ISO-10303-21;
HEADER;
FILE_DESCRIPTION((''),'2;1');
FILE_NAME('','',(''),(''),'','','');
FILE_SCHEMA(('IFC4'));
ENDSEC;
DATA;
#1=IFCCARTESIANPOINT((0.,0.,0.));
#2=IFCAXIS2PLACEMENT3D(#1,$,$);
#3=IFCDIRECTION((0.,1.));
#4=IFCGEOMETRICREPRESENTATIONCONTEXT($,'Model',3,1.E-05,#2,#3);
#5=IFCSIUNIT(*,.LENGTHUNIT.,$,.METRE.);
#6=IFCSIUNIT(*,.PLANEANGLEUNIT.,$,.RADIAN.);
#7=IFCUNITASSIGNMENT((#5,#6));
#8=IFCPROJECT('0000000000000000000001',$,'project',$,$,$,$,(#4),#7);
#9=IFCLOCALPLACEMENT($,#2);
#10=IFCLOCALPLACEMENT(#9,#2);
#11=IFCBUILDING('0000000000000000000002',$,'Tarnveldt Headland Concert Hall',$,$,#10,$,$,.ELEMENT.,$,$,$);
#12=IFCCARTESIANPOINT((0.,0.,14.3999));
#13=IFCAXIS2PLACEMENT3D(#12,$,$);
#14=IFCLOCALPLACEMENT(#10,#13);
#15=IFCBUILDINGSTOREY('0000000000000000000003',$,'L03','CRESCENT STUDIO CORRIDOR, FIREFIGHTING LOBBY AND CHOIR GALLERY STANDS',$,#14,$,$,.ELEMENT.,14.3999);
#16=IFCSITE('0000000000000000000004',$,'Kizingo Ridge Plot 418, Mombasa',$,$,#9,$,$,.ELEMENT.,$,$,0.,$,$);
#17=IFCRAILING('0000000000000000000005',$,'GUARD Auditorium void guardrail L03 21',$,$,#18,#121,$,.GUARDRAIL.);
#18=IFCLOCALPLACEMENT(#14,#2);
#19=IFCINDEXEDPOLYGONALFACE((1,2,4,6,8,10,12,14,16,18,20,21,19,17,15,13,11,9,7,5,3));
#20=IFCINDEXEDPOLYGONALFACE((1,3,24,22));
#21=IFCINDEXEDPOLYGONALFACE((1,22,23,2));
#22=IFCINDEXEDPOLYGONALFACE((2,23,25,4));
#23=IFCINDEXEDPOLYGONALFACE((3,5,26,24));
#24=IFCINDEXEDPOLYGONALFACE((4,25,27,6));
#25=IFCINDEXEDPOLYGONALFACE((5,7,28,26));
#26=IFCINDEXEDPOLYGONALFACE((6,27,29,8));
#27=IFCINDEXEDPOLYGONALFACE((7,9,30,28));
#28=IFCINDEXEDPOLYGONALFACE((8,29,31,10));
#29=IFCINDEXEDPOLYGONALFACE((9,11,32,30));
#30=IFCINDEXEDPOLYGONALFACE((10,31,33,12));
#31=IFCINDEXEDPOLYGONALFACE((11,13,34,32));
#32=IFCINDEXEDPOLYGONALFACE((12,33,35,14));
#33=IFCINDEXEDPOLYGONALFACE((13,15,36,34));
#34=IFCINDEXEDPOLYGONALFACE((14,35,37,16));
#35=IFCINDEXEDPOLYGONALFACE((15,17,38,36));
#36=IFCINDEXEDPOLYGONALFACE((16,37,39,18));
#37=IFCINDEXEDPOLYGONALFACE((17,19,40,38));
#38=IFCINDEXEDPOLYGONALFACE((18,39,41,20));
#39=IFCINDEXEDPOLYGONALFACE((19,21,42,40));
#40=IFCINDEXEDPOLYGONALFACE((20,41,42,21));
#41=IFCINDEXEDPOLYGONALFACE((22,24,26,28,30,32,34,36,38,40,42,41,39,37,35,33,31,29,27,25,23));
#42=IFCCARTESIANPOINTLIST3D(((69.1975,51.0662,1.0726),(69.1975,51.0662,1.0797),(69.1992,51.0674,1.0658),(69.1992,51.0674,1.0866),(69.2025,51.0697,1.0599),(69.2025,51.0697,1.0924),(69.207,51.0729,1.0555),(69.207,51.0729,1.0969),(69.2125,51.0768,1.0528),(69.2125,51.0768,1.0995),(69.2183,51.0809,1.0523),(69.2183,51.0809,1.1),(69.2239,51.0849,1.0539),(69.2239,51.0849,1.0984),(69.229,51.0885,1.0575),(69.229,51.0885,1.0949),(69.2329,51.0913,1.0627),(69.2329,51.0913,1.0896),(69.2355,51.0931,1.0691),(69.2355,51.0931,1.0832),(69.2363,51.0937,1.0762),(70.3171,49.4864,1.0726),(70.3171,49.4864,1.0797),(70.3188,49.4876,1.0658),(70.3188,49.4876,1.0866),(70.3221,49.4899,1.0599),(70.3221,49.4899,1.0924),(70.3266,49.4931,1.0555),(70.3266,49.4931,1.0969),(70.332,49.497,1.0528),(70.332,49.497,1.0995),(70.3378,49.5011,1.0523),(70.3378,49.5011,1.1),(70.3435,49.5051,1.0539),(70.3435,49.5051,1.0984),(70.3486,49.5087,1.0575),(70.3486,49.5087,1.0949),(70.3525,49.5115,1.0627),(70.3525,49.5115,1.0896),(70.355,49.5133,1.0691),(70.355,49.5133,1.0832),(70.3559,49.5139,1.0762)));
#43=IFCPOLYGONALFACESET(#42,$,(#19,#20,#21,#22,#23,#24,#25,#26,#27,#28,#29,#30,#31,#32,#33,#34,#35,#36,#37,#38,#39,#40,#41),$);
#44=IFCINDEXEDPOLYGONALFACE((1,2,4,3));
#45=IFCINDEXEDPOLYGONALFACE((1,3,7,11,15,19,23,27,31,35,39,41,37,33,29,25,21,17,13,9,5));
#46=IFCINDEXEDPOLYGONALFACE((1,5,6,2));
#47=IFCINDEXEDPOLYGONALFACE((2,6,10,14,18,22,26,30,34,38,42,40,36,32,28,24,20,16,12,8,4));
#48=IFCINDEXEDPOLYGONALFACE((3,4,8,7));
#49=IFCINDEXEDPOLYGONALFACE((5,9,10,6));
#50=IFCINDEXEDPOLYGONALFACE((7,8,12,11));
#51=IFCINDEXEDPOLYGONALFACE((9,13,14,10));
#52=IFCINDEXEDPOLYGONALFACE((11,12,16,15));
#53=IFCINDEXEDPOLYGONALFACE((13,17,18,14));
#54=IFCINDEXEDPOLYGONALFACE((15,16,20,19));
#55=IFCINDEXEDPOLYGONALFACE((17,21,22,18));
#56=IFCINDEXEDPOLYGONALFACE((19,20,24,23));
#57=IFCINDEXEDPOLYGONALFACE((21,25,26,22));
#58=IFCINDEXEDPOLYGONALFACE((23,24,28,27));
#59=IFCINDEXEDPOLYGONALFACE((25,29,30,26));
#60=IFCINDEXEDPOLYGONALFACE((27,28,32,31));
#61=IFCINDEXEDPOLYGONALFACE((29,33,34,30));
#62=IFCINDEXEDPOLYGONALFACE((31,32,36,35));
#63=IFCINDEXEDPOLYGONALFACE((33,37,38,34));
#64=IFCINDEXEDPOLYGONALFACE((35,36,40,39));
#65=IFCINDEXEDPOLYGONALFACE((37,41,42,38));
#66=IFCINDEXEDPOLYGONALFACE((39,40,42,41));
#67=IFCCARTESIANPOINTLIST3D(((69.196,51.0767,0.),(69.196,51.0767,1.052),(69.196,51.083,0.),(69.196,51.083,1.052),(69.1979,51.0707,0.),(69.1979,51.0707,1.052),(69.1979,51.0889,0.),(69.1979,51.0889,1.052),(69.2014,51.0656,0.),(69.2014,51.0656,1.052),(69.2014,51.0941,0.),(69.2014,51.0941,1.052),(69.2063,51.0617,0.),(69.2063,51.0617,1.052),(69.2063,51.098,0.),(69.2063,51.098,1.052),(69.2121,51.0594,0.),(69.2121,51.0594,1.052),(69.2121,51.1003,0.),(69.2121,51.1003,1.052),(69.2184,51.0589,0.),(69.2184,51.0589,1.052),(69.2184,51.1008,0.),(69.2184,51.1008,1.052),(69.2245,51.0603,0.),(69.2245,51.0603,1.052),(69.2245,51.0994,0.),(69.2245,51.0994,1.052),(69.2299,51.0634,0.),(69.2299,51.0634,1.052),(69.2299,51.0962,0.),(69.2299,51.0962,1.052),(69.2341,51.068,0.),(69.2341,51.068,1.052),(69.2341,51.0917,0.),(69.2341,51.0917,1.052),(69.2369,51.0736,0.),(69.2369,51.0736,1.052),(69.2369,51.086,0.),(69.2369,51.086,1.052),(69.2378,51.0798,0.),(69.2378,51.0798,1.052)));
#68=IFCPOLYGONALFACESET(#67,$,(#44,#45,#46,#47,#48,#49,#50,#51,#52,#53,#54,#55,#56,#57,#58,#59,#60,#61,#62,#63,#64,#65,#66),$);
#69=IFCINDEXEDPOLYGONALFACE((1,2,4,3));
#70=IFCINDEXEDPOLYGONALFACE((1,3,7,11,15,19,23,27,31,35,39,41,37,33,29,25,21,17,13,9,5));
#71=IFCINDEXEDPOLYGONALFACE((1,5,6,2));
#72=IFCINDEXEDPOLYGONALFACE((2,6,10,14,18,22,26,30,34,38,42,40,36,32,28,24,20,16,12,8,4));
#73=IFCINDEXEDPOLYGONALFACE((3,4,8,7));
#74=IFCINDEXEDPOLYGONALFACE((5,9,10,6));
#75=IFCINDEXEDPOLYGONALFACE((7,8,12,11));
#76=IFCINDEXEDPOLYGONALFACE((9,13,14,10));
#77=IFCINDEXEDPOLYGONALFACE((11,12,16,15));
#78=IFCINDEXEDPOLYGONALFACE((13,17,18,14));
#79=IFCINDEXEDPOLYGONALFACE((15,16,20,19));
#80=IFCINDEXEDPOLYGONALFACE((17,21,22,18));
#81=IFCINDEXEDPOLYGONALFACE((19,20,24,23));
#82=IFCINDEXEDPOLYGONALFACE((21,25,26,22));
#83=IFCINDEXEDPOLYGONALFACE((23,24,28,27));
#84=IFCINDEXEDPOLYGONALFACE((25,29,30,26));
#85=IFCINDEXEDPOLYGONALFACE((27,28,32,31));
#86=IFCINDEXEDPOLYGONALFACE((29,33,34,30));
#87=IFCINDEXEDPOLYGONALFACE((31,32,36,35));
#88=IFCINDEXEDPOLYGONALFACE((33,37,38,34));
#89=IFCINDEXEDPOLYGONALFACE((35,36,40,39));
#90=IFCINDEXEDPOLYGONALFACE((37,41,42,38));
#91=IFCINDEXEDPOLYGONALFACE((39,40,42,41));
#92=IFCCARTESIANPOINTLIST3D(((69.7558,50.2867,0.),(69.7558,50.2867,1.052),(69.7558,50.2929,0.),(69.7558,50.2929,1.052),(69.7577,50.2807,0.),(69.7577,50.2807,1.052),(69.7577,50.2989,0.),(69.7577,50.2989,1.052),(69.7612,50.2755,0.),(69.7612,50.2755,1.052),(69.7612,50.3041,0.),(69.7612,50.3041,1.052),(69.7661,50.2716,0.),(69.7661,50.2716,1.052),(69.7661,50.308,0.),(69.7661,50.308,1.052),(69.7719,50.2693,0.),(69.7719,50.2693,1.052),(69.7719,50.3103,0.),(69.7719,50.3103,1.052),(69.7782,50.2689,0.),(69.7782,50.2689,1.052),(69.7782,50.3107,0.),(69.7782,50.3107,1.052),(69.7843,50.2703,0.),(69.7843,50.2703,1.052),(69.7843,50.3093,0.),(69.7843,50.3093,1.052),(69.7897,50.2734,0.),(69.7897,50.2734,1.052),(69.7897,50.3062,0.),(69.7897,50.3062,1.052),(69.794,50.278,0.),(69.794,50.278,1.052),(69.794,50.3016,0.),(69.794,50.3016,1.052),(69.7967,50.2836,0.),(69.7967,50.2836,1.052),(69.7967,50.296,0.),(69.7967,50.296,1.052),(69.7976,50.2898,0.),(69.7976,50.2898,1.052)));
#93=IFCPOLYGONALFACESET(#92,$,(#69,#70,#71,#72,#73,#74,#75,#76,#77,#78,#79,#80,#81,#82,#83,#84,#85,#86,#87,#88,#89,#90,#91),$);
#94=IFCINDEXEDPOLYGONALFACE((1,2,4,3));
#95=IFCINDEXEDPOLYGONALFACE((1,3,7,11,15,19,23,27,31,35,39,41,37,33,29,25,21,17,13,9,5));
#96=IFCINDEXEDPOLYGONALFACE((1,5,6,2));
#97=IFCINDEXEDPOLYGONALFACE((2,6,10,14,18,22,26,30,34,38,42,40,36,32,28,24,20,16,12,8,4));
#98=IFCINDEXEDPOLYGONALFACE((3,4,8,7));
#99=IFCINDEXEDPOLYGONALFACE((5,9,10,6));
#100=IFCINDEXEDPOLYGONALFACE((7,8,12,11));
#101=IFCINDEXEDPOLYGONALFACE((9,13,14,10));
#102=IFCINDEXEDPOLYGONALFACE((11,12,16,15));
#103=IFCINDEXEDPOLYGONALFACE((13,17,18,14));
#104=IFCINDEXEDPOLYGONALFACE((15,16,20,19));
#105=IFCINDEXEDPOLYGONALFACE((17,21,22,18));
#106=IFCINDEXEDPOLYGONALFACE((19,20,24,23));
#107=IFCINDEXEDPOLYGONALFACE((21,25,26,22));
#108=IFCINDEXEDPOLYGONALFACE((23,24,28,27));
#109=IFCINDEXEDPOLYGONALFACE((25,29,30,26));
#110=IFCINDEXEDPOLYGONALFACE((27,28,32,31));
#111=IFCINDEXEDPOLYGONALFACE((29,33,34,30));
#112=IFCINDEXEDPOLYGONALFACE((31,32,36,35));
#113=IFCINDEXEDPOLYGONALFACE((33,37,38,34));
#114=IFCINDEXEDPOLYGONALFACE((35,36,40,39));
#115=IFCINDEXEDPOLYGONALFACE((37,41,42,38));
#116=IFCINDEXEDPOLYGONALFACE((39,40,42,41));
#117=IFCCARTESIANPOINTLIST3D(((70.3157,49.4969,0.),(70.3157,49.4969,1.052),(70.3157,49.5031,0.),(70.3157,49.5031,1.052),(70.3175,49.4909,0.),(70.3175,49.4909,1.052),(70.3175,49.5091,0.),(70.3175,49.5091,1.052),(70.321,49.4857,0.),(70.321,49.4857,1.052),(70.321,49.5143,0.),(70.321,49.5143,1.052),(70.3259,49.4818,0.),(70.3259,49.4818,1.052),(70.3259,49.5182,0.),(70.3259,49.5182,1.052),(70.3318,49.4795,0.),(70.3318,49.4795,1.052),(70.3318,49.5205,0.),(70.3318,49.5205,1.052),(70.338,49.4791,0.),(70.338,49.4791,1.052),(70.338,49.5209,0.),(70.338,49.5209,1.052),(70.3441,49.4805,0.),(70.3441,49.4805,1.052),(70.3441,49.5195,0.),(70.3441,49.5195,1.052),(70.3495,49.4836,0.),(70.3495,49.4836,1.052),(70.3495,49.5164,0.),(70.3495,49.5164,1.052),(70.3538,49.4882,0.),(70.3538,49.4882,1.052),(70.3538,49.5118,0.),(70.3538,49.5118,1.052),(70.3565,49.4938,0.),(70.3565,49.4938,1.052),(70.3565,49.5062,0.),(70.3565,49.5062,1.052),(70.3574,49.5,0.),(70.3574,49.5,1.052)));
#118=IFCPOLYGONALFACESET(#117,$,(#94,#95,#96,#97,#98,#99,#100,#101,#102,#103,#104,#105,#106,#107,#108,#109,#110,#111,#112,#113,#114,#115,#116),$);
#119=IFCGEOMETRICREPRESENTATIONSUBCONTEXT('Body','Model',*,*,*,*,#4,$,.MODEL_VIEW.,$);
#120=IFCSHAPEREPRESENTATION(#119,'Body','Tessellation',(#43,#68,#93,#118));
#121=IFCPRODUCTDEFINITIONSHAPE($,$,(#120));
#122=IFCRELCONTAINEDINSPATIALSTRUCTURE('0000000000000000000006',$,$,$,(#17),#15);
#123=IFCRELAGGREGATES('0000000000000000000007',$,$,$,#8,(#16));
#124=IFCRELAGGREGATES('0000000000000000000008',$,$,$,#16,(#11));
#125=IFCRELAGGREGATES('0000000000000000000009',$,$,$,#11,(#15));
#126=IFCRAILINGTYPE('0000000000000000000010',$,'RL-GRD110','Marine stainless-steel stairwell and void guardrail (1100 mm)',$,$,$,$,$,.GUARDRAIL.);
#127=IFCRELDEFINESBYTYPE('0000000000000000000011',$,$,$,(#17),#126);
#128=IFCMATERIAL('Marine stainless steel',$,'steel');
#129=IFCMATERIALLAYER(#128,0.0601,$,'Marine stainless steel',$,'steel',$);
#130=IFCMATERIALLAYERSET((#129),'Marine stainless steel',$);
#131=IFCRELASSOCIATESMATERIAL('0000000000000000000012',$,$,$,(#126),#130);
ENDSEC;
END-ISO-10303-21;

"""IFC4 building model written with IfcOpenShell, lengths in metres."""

from ifc_helpers import new_model, si_unit, direction, frame, origin, origin_2d, place, context, subcontext, project, spatial, circle, extrude, material, layer, layer_set, type_object, element, save


model = new_model("IFC4")

# Units and contexts
model_context = context("Model", 3, precision=1e-05, world=origin(), true_north=direction((0.0, 1.0)))
body_context = subcontext(model_context, "Body", "Model", "MODEL_VIEW")
ifc_project = project(units=[si_unit("LENGTHUNIT", "METRE"), si_unit("PLANEANGLEUNIT", "RADIAN")], contexts=[model_context])

# Site, building, storey
site_placement = place(None, origin())
site = spatial("IfcSite", under=ifc_project, at=site_placement, Name="Kizingo Ridge Plot 418, Mombasa", CompositionType="ELEMENT", RefElevation=0.0)
building_placement = place(site_placement, origin())
building = spatial("IfcBuilding", under=site, at=building_placement, Name="Tarnveldt Headland Concert Hall", CompositionType="ELEMENT")
storey_placement = place(building_placement, frame((0.0, 0.0, 14.3999)))
storey = spatial("IfcBuildingStorey", under=building, at=storey_placement, Name="L03", Description="CRESCENT STUDIO CORRIDOR, FIREFIGHTING LOBBY AND CHOIR GALLERY STANDS", CompositionType="ELEMENT", Elevation=14.3999)

# Railing
ifc_material_1 = material(Name="Marine stainless steel", Category="steel")
ifc_layer_1 = layer(ifc_material_1, 0.0601, Name="Marine stainless steel", Category="steel")
ifc_layer_set_1 = layer_set([ifc_layer_1], Name="Marine stainless steel")
railing_type = type_object("IfcRailingType", Name="RL-GRD110", Description="Marine stainless-steel stairwell and void guardrail (1100 mm)", PredefinedType="GUARDRAIL", material=ifc_layer_set_1)
railing_1_placement = place(storey_placement, frame((69.2168, 51.0798, 0.0)))
element("IfcRailing", 1, at=railing_1_placement, inside=storey, type_object=railing_type, Name="GUARD Auditorium void guardrail L03 21", PredefinedType="GUARDRAIL", context=body_context, shape_type="SweptSolid", body=[
    extrude(circle(Radius=0.0239, at=origin_2d()), frame((0.0, 0.0, 1.0762), z_axis=(0.578217, -0.815883, 0.0), x_axis=(0.815883, 0.578217, 0.0)), (0.0, 0.0, 1.0), 1.9363),
    extrude(circle(Radius=0.021, at=origin_2d()), origin(), (0.0, 0.0, 1.0), 1.052),
    extrude(circle(Radius=0.021, at=origin_2d()), frame((0.5598, -0.79, 0.0)), (0.0, 0.0, 1.0), 1.052),
    extrude(circle(Radius=0.021, at=origin_2d()), frame((1.1196, -1.5798, 0.0)), (0.0, 0.0, 1.0), 1.052),
])

save(model, "model.ifc")
